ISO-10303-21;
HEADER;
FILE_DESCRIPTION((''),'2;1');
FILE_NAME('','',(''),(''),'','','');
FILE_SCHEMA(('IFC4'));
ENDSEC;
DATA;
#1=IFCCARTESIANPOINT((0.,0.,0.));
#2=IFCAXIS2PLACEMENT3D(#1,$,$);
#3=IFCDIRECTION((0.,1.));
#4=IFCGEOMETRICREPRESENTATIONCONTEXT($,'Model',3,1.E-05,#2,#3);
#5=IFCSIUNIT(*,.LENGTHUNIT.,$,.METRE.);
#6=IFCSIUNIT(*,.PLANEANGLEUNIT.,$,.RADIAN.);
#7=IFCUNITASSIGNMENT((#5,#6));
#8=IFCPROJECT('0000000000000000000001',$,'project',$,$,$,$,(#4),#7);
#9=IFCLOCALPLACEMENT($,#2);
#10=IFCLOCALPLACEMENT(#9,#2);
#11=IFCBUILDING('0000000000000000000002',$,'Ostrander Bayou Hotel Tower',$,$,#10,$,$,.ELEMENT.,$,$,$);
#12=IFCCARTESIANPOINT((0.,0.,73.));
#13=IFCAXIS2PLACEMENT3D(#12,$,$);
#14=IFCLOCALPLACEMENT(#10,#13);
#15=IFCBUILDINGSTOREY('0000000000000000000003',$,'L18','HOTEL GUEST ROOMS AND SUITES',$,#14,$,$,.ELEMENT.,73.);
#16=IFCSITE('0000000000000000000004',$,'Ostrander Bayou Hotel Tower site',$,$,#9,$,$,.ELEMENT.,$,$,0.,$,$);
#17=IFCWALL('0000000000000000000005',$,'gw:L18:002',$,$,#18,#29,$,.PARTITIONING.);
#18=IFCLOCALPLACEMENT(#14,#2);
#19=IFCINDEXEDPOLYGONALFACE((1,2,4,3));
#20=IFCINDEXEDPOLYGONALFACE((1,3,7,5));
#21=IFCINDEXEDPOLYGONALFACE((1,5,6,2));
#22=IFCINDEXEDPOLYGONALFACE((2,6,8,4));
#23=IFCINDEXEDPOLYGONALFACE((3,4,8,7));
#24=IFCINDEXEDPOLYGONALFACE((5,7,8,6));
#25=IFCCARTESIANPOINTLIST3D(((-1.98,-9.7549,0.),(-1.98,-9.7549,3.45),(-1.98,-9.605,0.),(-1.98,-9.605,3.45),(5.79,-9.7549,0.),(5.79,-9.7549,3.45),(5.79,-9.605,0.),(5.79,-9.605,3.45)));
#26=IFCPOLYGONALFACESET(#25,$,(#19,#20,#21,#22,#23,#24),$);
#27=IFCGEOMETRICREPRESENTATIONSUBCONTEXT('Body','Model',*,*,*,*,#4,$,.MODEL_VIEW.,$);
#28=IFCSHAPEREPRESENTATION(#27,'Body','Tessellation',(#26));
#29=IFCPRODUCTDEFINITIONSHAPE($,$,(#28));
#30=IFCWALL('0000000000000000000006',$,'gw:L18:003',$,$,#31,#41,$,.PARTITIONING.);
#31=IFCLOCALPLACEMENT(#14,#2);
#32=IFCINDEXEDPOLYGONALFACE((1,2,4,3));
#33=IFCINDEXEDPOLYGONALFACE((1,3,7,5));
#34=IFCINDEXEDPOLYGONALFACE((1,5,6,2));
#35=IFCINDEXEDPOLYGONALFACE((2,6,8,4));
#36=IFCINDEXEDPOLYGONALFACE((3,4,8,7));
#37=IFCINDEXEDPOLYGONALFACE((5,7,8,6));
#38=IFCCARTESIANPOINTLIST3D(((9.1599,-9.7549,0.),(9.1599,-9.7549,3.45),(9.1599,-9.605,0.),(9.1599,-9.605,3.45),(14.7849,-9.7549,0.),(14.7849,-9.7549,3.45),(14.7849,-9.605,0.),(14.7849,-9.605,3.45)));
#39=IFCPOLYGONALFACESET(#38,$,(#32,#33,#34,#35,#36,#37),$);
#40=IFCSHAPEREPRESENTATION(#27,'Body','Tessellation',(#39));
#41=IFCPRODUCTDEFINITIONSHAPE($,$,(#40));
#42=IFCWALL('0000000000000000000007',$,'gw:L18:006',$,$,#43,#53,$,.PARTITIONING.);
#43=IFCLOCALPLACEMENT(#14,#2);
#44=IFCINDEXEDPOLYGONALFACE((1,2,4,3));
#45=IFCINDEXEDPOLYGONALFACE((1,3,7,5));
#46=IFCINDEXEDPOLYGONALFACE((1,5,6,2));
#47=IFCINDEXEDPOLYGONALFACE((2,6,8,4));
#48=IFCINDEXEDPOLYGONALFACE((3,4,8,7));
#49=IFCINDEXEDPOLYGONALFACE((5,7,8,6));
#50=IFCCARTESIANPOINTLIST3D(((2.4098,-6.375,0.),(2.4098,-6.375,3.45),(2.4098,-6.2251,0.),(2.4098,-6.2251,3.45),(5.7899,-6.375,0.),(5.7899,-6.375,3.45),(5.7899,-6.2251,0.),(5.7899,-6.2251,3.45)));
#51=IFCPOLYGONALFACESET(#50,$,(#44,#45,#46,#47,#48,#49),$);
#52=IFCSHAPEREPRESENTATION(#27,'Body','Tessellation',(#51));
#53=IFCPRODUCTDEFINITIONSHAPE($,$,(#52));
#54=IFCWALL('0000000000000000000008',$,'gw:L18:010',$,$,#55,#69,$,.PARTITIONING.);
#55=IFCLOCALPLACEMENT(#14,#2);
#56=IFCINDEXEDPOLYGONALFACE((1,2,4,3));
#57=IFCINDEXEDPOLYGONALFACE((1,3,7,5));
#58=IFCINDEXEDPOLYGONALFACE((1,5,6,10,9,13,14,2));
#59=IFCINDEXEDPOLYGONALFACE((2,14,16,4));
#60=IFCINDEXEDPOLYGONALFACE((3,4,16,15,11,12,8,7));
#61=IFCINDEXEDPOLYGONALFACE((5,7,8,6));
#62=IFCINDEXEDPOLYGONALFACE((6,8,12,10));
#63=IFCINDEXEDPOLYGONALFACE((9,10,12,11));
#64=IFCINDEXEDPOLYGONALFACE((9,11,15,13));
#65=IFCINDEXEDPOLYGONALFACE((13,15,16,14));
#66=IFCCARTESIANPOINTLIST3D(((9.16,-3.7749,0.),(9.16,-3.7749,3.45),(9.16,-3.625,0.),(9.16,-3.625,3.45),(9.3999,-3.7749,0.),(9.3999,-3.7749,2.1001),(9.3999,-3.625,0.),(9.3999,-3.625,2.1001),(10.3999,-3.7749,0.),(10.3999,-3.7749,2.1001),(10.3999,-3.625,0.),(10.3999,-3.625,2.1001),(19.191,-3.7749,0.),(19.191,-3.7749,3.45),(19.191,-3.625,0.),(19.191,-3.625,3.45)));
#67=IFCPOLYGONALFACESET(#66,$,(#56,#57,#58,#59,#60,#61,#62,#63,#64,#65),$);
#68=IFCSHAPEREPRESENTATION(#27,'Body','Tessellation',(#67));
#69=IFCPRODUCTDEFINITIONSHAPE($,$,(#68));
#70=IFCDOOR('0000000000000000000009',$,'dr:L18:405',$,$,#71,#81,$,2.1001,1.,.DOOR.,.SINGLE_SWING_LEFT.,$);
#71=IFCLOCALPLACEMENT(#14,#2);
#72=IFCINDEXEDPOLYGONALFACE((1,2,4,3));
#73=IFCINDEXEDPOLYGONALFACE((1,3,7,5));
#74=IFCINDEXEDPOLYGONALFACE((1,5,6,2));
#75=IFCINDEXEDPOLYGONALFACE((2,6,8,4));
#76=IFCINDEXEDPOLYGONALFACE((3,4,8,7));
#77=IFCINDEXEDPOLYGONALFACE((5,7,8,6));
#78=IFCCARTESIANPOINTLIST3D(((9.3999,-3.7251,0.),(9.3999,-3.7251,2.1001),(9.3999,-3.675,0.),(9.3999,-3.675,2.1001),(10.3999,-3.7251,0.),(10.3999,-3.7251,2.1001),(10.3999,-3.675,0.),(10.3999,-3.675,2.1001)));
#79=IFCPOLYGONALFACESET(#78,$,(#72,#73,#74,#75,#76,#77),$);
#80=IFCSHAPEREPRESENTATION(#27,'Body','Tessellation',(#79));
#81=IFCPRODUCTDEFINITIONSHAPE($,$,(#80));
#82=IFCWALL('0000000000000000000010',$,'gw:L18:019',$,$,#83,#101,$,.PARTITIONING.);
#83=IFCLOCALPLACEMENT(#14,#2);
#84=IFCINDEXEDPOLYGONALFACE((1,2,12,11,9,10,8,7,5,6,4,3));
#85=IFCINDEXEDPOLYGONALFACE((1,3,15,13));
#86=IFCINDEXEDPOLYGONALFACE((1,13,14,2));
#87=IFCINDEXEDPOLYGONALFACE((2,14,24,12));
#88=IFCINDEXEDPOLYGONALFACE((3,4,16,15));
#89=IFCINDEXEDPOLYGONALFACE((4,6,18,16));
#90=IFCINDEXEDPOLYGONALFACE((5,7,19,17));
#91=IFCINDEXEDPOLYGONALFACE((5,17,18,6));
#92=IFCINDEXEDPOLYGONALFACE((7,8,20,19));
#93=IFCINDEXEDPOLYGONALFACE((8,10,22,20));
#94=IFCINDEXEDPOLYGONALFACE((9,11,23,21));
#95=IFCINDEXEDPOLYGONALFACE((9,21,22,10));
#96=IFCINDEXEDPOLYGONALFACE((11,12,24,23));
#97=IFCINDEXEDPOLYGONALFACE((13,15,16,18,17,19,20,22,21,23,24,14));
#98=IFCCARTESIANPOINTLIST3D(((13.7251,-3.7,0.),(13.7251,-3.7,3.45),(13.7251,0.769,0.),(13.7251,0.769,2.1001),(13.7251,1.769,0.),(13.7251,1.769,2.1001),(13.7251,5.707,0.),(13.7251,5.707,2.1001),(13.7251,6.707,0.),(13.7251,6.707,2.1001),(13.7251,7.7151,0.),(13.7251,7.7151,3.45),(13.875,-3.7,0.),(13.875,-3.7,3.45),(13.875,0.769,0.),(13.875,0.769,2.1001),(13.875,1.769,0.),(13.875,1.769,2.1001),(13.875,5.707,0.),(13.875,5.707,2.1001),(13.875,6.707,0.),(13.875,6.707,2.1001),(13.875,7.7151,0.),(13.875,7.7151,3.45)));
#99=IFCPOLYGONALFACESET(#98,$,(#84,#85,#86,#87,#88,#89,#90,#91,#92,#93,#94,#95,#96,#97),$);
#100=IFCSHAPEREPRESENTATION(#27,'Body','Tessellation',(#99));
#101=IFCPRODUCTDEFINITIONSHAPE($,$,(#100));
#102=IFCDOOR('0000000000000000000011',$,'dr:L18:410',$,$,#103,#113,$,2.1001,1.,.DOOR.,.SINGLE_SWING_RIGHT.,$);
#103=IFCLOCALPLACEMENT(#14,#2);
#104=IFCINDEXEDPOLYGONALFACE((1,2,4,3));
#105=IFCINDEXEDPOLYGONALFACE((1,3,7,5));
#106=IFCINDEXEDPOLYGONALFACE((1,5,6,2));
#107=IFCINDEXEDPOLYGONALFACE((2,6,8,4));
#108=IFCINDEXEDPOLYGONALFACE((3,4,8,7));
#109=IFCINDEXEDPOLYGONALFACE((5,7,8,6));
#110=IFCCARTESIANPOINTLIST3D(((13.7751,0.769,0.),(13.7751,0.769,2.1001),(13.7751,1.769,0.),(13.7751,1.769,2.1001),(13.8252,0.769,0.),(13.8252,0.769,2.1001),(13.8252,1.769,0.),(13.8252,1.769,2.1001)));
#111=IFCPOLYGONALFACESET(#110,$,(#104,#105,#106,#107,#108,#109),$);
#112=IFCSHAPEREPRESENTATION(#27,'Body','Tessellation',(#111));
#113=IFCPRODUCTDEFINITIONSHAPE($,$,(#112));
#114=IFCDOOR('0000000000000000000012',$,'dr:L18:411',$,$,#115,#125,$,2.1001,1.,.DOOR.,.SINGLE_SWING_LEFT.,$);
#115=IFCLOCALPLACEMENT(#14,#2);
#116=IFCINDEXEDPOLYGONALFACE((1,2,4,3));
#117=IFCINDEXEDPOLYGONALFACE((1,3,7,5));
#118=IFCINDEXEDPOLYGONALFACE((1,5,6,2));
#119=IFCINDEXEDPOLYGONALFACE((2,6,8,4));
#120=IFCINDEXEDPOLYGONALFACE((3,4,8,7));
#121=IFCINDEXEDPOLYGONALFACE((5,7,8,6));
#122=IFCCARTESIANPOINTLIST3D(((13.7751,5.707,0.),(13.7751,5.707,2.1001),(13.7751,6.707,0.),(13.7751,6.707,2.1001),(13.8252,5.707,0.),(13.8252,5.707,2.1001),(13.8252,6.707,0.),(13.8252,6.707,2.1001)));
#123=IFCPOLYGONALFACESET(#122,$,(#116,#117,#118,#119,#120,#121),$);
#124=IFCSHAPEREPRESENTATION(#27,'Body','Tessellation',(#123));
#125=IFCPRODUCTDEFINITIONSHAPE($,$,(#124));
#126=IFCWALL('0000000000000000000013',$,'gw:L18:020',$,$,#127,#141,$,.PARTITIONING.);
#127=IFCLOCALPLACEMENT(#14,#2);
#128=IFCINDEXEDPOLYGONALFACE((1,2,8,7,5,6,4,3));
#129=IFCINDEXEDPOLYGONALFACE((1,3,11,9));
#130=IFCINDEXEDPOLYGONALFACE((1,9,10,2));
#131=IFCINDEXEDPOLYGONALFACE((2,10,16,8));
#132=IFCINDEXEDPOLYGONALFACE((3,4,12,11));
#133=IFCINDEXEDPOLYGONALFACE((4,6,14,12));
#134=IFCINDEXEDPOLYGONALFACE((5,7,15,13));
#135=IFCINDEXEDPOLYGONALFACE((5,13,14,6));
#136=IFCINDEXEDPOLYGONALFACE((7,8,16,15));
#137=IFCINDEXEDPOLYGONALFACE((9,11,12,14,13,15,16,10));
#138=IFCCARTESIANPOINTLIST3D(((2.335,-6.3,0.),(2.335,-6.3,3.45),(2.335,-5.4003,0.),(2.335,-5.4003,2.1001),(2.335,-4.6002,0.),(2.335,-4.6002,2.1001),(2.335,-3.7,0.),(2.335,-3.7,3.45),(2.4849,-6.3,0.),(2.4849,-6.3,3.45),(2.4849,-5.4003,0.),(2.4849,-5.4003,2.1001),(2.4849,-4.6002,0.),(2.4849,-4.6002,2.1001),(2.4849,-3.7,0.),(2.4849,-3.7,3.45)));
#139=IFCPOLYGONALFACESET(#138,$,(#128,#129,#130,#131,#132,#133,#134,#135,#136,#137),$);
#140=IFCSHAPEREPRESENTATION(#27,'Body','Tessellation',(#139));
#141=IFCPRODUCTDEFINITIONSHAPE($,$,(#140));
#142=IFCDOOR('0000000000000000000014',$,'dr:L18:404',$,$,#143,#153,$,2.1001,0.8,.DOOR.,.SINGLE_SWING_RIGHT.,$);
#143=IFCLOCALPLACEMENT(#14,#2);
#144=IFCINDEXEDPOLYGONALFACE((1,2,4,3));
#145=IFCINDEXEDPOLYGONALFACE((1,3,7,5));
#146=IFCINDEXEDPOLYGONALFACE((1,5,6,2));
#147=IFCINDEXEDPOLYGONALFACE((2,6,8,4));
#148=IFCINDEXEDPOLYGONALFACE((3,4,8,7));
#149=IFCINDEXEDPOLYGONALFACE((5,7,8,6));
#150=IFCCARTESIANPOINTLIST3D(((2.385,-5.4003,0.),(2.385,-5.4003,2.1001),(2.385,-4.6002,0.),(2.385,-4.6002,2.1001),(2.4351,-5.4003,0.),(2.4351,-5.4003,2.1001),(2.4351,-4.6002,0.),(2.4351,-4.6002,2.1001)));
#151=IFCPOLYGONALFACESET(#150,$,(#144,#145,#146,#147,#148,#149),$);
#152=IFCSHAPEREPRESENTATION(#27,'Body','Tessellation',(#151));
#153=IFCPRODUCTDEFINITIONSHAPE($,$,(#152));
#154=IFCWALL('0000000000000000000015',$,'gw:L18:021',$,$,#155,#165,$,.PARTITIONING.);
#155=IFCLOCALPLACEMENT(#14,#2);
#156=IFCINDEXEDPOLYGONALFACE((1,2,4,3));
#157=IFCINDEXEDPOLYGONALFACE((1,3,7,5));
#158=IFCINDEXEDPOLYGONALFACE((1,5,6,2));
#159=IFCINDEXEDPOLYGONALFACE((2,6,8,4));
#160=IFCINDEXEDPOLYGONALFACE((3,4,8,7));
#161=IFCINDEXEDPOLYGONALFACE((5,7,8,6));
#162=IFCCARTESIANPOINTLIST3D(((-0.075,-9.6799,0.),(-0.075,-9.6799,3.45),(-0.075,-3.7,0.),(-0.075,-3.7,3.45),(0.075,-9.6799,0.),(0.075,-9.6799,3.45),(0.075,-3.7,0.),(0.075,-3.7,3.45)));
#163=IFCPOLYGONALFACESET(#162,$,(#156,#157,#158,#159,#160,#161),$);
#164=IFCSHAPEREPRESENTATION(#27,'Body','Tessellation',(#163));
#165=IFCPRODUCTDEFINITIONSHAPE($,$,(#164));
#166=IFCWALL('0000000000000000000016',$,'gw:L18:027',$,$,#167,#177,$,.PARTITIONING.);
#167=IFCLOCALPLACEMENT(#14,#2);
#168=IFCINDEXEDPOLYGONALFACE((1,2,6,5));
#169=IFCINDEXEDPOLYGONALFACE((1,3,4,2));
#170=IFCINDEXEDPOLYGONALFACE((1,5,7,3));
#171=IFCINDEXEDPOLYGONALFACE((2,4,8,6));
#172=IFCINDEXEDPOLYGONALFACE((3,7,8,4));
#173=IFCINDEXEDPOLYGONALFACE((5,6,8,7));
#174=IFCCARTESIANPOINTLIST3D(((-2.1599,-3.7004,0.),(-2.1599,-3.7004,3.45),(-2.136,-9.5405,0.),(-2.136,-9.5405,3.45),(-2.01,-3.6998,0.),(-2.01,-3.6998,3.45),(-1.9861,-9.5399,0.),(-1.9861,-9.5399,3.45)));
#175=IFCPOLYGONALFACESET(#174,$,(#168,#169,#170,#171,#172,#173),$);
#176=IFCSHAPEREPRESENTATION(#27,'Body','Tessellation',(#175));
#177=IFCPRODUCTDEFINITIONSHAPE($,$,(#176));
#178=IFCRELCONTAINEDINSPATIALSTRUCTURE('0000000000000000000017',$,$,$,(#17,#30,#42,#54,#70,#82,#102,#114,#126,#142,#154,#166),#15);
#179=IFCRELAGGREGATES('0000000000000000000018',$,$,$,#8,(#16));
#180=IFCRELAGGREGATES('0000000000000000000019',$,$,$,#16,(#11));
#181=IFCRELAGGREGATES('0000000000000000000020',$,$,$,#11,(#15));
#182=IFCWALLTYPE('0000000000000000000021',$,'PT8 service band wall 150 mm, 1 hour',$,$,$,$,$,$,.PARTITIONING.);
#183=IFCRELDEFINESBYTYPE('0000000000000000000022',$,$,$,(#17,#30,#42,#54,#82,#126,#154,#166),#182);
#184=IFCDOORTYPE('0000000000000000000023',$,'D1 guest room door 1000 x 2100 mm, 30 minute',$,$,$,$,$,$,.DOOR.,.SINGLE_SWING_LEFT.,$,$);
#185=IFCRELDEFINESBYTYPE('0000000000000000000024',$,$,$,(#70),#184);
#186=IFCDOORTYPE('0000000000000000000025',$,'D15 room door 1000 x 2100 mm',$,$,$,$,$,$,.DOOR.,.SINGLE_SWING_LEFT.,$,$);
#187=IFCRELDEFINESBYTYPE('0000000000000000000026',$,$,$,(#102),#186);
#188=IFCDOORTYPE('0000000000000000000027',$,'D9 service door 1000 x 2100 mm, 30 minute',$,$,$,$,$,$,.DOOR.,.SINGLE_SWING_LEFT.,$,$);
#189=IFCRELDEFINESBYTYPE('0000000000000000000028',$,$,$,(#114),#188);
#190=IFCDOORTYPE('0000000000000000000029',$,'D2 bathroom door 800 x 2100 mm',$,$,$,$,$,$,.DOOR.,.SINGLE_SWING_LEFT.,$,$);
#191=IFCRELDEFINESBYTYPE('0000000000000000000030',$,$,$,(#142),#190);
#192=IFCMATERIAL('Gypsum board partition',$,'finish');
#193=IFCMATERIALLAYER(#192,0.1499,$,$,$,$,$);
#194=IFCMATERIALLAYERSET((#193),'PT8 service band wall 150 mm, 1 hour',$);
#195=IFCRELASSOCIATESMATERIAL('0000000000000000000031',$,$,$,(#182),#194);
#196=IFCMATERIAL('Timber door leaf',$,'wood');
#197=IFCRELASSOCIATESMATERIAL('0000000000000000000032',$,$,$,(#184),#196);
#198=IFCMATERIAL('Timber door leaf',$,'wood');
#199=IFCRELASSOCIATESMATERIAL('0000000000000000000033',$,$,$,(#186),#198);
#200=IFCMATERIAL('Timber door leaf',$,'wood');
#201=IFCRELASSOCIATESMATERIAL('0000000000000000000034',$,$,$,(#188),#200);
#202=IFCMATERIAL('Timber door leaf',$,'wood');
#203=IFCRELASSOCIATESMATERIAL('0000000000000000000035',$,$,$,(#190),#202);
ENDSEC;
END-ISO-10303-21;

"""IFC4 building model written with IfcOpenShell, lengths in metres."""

from ifc_helpers import new_model, si_unit, direction, frame, frame_2d, origin, place, context, subcontext, project, spatial, rectangle, extrude, material, layer, layer_set, type_object, element, fill, save


model = new_model("IFC4")

# Units and contexts
model_context = context("Model", 3, precision=1e-05, world=origin(), true_north=direction((0.0, 1.0)))
body_context = subcontext(model_context, "Body", "Model", "MODEL_VIEW")
ifc_project = project(units=[si_unit("LENGTHUNIT", "METRE"), si_unit("PLANEANGLEUNIT", "RADIAN")], contexts=[model_context])

# Site, building, storey
site_placement = place(None, origin())
site = spatial("IfcSite", under=ifc_project, at=site_placement, Name="Ostrander Bayou Hotel Tower site", CompositionType="ELEMENT", RefElevation=0.0)
building_placement = place(site_placement, origin())
building = spatial("IfcBuilding", under=site, at=building_placement, Name="Ostrander Bayou Hotel Tower", CompositionType="ELEMENT")
storey_placement = place(building_placement, frame((0.0, 0.0, 73.0)))
storey = spatial("IfcBuildingStorey", under=building, at=storey_placement, Name="L18", Description="HOTEL GUEST ROOMS AND SUITES", CompositionType="ELEMENT", Elevation=73.0)

# Walls
ifc_material_1 = material(Name="Gypsum board partition", Category="finish")
ifc_layer_1 = layer(ifc_material_1, 0.1499)
ifc_layer_set_1 = layer_set([ifc_layer_1], Name="PT8 service band wall 150 mm, 1 hour")
wall_type_1 = type_object("IfcWallType", Name="PT8 service band wall 150 mm, 1 hour", PredefinedType="PARTITIONING", material=ifc_layer_set_1)
wall_1_placement = place(storey_placement, frame((-1.98, -9.6799, 0.0), z_axis=(0.0, 0.0, 1.0), x_axis=(1.0, 0.0, 0.0)))
element("IfcWall", 1, at=wall_1_placement, inside=storey, type_object=wall_type_1, Name="gw:L18:002", PredefinedType="PARTITIONING", context=body_context, shape_type="SweptSolid", body=[
    extrude(rectangle(XDim=7.77, YDim=0.1499, at=frame_2d((3.885, 0.0))), origin(), (0.0, 0.0, 1.0), 3.45),
])
wall_2_placement = place(storey_placement, frame((9.1599, -9.6799, 0.0), z_axis=(0.0, 0.0, 1.0), x_axis=(1.0, 0.0, 0.0)))
element("IfcWall", 2, at=wall_2_placement, inside=storey, type_object=wall_type_1, Name="gw:L18:003", PredefinedType="PARTITIONING", context=body_context, shape_type="SweptSolid", body=[
    extrude(rectangle(XDim=5.625, YDim=0.1499, at=frame_2d((2.8125, 0.0))), origin(), (0.0, 0.0, 1.0), 3.45),
])
wall_3_placement = place(storey_placement, frame((2.4099, -6.3, 0.0), z_axis=(0.0, 0.0, 1.0), x_axis=(1.0, 0.0, 0.0)))
element("IfcWall", 3, at=wall_3_placement, inside=storey, type_object=wall_type_1, Name="gw:L18:006", PredefinedType="PARTITIONING", context=body_context, shape_type="SweptSolid", body=[
    extrude(rectangle(XDim=3.3801, YDim=0.1499, at=frame_2d((1.6899, 0.0))), origin(), (0.0, 0.0, 1.0), 3.45),
])

# Wall, opening, door
wall_4_placement = place(storey_placement, frame((9.1599, -3.7, 0.0), z_axis=(0.0, 0.0, 1.0), x_axis=(1.0, 0.0, 0.0)))
wall_4 = element("IfcWall", 4, at=wall_4_placement, inside=storey, type_object=wall_type_1, Name="gw:L18:010", PredefinedType="PARTITIONING", context=body_context, shape_type="SweptSolid", body=[
    extrude(rectangle(XDim=10.031, YDim=0.1499, at=frame_2d((5.0156, 0.0))), origin(), (0.0, 0.0, 1.0), 3.45),
])
opening_1_placement = place(wall_4_placement, frame((0.24, 0.0, 0.0)))
opening_1 = element("IfcOpeningElement", 5, at=opening_1_placement, cuts=wall_4, PredefinedType="OPENING", context=body_context, shape_type="SweptSolid", body=[
    extrude(rectangle(XDim=1.0, YDim=2.1001, at=frame_2d((0.5, 1.05))), frame((0.0, 0.075, 0.0), z_axis=(0.0, -1.0, 0.0), x_axis=(1.0, 0.0, 0.0)), (0.0, 0.0, 1.0), 0.1499),
])
ifc_material_2 = material(Name="Timber door leaf", Category="wood")
door_type_1 = type_object("IfcDoorType", Name="D1 guest room door 1000 x 2100 mm, 30 minute", OperationType="SINGLE_SWING_LEFT", PredefinedType="DOOR", material=ifc_material_2)
door_1_placement = place(opening_1_placement, origin())
door_1 = element("IfcDoor", 6, at=door_1_placement, inside=storey, type_object=door_type_1, Name="dr:L18:405", OperationType="SINGLE_SWING_LEFT", OverallHeight=2.1001, OverallWidth=1.0, PredefinedType="DOOR", context=body_context, shape_type="SweptSolid", body=[
    extrude(rectangle(XDim=1.0, YDim=2.1001, at=frame_2d((0.5, 1.05))), frame((0.0, 0.0249, 0.0), z_axis=(0.0, -1.0, 0.0), x_axis=(1.0, 0.0, 0.0)), (0.0, 0.0, 1.0), 0.05),
])
fill(opening_1, door_1)

# Wall, openings, doors
wall_5_placement = place(storey_placement, frame((13.8, -3.7, 0.0), z_axis=(0.0, 0.0, 1.0), x_axis=(0.0, 1.0, 0.0)))
wall_5 = element("IfcWall", 7, at=wall_5_placement, inside=storey, type_object=wall_type_1, Name="gw:L18:019", PredefinedType="PARTITIONING", context=body_context, shape_type="SweptSolid", body=[
    extrude(rectangle(XDim=11.415, YDim=0.1499, at=frame_2d((5.7075, 0.0))), origin(), (0.0, 0.0, 1.0), 3.45),
])
opening_2_placement = place(wall_5_placement, frame((4.469, 0.0, 0.0)))
opening_2 = element("IfcOpeningElement", 8, at=opening_2_placement, cuts=wall_5, PredefinedType="OPENING", context=body_context, shape_type="SweptSolid", body=[
    extrude(rectangle(XDim=1.0, YDim=2.1001, at=frame_2d((0.5, 1.05))), frame((0.0, 0.075, 0.0), z_axis=(0.0, -1.0, 0.0), x_axis=(1.0, 0.0, 0.0)), (0.0, 0.0, 1.0), 0.1499),
])
opening_3_placement = place(wall_5_placement, frame((9.407, 0.0, 0.0)))
opening_3 = element("IfcOpeningElement", 9, at=opening_3_placement, cuts=wall_5, PredefinedType="OPENING", context=body_context, shape_type="SweptSolid", body=[
    extrude(rectangle(XDim=1.0, YDim=2.1001, at=frame_2d((0.5, 1.05))), frame((0.0, 0.075, 0.0), z_axis=(0.0, -1.0, 0.0), x_axis=(1.0, 0.0, 0.0)), (0.0, 0.0, 1.0), 0.1499),
])
ifc_material_3 = material(Name="Timber door leaf", Category="wood")
door_type_2 = type_object("IfcDoorType", Name="D15 room door 1000 x 2100 mm", OperationType="SINGLE_SWING_LEFT", PredefinedType="DOOR", material=ifc_material_3)
door_2_placement = place(opening_2_placement, origin())
door_2 = element("IfcDoor", 10, at=door_2_placement, inside=storey, type_object=door_type_2, Name="dr:L18:410", OperationType="SINGLE_SWING_RIGHT", OverallHeight=2.1001, OverallWidth=1.0, PredefinedType="DOOR", context=body_context, shape_type="SweptSolid", body=[
    extrude(rectangle(XDim=1.0, YDim=2.1001, at=frame_2d((0.5, 1.05))), frame((0.0, 0.0249, 0.0), z_axis=(0.0, -1.0, 0.0), x_axis=(1.0, 0.0, 0.0)), (0.0, 0.0, 1.0), 0.05),
])
fill(opening_2, door_2)
ifc_material_4 = material(Name="Timber door leaf", Category="wood")
door_type_3 = type_object("IfcDoorType", Name="D9 service door 1000 x 2100 mm, 30 minute", OperationType="SINGLE_SWING_LEFT", PredefinedType="DOOR", material=ifc_material_4)
door_3_placement = place(opening_3_placement, origin())
door_3 = element("IfcDoor", 11, at=door_3_placement, inside=storey, type_object=door_type_3, Name="dr:L18:411", OperationType="SINGLE_SWING_LEFT", OverallHeight=2.1001, OverallWidth=1.0, PredefinedType="DOOR", context=body_context, shape_type="SweptSolid", body=[
    extrude(rectangle(XDim=1.0, YDim=2.1001, at=frame_2d((0.5, 1.05))), frame((0.0, 0.0249, 0.0), z_axis=(0.0, -1.0, 0.0), x_axis=(1.0, 0.0, 0.0)), (0.0, 0.0, 1.0), 0.05),
])
fill(opening_3, door_3)

# Wall, opening, door
wall_6_placement = place(storey_placement, frame((2.4099, -6.3, 0.0), z_axis=(0.0, 0.0, 1.0), x_axis=(0.0, 1.0, 0.0)))
wall_6 = element("IfcWall", 12, at=wall_6_placement, inside=storey, type_object=wall_type_1, Name="gw:L18:020", PredefinedType="PARTITIONING", context=body_context, shape_type="SweptSolid", body=[
    extrude(rectangle(XDim=2.6001, YDim=0.1499, at=frame_2d((1.3, 0.0))), origin(), (0.0, 0.0, 1.0), 3.45),
])
opening_4_placement = place(wall_6_placement, frame((0.8999, 0.0, 0.0)))
opening_4 = element("IfcOpeningElement", 13, at=opening_4_placement, cuts=wall_6, PredefinedType="OPENING", context=body_context, shape_type="SweptSolid", body=[
    extrude(rectangle(XDim=0.8, YDim=2.1001, at=frame_2d((0.3999, 1.05))), frame((0.0, 0.075, 0.0), z_axis=(0.0, -1.0, 0.0), x_axis=(1.0, 0.0, 0.0)), (0.0, 0.0, 1.0), 0.1499),
])
ifc_material_5 = material(Name="Timber door leaf", Category="wood")
door_type_4 = type_object("IfcDoorType", Name="D2 bathroom door 800 x 2100 mm", OperationType="SINGLE_SWING_LEFT", PredefinedType="DOOR", material=ifc_material_5)
door_4_placement = place(opening_4_placement, origin())
door_4 = element("IfcDoor", 14, at=door_4_placement, inside=storey, type_object=door_type_4, Name="dr:L18:404", OperationType="SINGLE_SWING_RIGHT", OverallHeight=2.1001, OverallWidth=0.8, PredefinedType="DOOR", context=body_context, shape_type="SweptSolid", body=[
    extrude(rectangle(XDim=0.8, YDim=2.1001, at=frame_2d((0.3999, 1.05))), frame((0.0, 0.0249, 0.0), z_axis=(0.0, -1.0, 0.0), x_axis=(1.0, 0.0, 0.0)), (0.0, 0.0, 1.0), 0.05),
])
fill(opening_4, door_4)

# Walls
wall_7_placement = place(storey_placement, frame((0.0, -9.6799, 0.0), z_axis=(0.0, 0.0, 1.0), x_axis=(0.0, 1.0, 0.0)))
element("IfcWall", 15, at=wall_7_placement, inside=storey, type_object=wall_type_1, Name="gw:L18:021", PredefinedType="PARTITIONING", context=body_context, shape_type="SweptSolid", body=[
    extrude(rectangle(XDim=5.98, YDim=0.1499, at=frame_2d((2.99, 0.0))), origin(), (0.0, 0.0, 1.0), 3.45),
])
wall_8_placement = place(storey_placement, frame((-2.061, -9.54, 0.0), z_axis=(0.0, 0.0, 1.0), x_axis=(-0.004097, 0.999992, 0.0)))
element("IfcWall", 16, at=wall_8_placement, inside=storey, type_object=wall_type_1, Name="gw:L18:027", PredefinedType="PARTITIONING", context=body_context, shape_type="SweptSolid", body=[
    extrude(rectangle(XDim=5.8401, YDim=0.1499, at=frame_2d((2.9199, 0.0))), origin(), (0.0, 0.0, 1.0), 3.45),
])

save(model, "model.ifc")
